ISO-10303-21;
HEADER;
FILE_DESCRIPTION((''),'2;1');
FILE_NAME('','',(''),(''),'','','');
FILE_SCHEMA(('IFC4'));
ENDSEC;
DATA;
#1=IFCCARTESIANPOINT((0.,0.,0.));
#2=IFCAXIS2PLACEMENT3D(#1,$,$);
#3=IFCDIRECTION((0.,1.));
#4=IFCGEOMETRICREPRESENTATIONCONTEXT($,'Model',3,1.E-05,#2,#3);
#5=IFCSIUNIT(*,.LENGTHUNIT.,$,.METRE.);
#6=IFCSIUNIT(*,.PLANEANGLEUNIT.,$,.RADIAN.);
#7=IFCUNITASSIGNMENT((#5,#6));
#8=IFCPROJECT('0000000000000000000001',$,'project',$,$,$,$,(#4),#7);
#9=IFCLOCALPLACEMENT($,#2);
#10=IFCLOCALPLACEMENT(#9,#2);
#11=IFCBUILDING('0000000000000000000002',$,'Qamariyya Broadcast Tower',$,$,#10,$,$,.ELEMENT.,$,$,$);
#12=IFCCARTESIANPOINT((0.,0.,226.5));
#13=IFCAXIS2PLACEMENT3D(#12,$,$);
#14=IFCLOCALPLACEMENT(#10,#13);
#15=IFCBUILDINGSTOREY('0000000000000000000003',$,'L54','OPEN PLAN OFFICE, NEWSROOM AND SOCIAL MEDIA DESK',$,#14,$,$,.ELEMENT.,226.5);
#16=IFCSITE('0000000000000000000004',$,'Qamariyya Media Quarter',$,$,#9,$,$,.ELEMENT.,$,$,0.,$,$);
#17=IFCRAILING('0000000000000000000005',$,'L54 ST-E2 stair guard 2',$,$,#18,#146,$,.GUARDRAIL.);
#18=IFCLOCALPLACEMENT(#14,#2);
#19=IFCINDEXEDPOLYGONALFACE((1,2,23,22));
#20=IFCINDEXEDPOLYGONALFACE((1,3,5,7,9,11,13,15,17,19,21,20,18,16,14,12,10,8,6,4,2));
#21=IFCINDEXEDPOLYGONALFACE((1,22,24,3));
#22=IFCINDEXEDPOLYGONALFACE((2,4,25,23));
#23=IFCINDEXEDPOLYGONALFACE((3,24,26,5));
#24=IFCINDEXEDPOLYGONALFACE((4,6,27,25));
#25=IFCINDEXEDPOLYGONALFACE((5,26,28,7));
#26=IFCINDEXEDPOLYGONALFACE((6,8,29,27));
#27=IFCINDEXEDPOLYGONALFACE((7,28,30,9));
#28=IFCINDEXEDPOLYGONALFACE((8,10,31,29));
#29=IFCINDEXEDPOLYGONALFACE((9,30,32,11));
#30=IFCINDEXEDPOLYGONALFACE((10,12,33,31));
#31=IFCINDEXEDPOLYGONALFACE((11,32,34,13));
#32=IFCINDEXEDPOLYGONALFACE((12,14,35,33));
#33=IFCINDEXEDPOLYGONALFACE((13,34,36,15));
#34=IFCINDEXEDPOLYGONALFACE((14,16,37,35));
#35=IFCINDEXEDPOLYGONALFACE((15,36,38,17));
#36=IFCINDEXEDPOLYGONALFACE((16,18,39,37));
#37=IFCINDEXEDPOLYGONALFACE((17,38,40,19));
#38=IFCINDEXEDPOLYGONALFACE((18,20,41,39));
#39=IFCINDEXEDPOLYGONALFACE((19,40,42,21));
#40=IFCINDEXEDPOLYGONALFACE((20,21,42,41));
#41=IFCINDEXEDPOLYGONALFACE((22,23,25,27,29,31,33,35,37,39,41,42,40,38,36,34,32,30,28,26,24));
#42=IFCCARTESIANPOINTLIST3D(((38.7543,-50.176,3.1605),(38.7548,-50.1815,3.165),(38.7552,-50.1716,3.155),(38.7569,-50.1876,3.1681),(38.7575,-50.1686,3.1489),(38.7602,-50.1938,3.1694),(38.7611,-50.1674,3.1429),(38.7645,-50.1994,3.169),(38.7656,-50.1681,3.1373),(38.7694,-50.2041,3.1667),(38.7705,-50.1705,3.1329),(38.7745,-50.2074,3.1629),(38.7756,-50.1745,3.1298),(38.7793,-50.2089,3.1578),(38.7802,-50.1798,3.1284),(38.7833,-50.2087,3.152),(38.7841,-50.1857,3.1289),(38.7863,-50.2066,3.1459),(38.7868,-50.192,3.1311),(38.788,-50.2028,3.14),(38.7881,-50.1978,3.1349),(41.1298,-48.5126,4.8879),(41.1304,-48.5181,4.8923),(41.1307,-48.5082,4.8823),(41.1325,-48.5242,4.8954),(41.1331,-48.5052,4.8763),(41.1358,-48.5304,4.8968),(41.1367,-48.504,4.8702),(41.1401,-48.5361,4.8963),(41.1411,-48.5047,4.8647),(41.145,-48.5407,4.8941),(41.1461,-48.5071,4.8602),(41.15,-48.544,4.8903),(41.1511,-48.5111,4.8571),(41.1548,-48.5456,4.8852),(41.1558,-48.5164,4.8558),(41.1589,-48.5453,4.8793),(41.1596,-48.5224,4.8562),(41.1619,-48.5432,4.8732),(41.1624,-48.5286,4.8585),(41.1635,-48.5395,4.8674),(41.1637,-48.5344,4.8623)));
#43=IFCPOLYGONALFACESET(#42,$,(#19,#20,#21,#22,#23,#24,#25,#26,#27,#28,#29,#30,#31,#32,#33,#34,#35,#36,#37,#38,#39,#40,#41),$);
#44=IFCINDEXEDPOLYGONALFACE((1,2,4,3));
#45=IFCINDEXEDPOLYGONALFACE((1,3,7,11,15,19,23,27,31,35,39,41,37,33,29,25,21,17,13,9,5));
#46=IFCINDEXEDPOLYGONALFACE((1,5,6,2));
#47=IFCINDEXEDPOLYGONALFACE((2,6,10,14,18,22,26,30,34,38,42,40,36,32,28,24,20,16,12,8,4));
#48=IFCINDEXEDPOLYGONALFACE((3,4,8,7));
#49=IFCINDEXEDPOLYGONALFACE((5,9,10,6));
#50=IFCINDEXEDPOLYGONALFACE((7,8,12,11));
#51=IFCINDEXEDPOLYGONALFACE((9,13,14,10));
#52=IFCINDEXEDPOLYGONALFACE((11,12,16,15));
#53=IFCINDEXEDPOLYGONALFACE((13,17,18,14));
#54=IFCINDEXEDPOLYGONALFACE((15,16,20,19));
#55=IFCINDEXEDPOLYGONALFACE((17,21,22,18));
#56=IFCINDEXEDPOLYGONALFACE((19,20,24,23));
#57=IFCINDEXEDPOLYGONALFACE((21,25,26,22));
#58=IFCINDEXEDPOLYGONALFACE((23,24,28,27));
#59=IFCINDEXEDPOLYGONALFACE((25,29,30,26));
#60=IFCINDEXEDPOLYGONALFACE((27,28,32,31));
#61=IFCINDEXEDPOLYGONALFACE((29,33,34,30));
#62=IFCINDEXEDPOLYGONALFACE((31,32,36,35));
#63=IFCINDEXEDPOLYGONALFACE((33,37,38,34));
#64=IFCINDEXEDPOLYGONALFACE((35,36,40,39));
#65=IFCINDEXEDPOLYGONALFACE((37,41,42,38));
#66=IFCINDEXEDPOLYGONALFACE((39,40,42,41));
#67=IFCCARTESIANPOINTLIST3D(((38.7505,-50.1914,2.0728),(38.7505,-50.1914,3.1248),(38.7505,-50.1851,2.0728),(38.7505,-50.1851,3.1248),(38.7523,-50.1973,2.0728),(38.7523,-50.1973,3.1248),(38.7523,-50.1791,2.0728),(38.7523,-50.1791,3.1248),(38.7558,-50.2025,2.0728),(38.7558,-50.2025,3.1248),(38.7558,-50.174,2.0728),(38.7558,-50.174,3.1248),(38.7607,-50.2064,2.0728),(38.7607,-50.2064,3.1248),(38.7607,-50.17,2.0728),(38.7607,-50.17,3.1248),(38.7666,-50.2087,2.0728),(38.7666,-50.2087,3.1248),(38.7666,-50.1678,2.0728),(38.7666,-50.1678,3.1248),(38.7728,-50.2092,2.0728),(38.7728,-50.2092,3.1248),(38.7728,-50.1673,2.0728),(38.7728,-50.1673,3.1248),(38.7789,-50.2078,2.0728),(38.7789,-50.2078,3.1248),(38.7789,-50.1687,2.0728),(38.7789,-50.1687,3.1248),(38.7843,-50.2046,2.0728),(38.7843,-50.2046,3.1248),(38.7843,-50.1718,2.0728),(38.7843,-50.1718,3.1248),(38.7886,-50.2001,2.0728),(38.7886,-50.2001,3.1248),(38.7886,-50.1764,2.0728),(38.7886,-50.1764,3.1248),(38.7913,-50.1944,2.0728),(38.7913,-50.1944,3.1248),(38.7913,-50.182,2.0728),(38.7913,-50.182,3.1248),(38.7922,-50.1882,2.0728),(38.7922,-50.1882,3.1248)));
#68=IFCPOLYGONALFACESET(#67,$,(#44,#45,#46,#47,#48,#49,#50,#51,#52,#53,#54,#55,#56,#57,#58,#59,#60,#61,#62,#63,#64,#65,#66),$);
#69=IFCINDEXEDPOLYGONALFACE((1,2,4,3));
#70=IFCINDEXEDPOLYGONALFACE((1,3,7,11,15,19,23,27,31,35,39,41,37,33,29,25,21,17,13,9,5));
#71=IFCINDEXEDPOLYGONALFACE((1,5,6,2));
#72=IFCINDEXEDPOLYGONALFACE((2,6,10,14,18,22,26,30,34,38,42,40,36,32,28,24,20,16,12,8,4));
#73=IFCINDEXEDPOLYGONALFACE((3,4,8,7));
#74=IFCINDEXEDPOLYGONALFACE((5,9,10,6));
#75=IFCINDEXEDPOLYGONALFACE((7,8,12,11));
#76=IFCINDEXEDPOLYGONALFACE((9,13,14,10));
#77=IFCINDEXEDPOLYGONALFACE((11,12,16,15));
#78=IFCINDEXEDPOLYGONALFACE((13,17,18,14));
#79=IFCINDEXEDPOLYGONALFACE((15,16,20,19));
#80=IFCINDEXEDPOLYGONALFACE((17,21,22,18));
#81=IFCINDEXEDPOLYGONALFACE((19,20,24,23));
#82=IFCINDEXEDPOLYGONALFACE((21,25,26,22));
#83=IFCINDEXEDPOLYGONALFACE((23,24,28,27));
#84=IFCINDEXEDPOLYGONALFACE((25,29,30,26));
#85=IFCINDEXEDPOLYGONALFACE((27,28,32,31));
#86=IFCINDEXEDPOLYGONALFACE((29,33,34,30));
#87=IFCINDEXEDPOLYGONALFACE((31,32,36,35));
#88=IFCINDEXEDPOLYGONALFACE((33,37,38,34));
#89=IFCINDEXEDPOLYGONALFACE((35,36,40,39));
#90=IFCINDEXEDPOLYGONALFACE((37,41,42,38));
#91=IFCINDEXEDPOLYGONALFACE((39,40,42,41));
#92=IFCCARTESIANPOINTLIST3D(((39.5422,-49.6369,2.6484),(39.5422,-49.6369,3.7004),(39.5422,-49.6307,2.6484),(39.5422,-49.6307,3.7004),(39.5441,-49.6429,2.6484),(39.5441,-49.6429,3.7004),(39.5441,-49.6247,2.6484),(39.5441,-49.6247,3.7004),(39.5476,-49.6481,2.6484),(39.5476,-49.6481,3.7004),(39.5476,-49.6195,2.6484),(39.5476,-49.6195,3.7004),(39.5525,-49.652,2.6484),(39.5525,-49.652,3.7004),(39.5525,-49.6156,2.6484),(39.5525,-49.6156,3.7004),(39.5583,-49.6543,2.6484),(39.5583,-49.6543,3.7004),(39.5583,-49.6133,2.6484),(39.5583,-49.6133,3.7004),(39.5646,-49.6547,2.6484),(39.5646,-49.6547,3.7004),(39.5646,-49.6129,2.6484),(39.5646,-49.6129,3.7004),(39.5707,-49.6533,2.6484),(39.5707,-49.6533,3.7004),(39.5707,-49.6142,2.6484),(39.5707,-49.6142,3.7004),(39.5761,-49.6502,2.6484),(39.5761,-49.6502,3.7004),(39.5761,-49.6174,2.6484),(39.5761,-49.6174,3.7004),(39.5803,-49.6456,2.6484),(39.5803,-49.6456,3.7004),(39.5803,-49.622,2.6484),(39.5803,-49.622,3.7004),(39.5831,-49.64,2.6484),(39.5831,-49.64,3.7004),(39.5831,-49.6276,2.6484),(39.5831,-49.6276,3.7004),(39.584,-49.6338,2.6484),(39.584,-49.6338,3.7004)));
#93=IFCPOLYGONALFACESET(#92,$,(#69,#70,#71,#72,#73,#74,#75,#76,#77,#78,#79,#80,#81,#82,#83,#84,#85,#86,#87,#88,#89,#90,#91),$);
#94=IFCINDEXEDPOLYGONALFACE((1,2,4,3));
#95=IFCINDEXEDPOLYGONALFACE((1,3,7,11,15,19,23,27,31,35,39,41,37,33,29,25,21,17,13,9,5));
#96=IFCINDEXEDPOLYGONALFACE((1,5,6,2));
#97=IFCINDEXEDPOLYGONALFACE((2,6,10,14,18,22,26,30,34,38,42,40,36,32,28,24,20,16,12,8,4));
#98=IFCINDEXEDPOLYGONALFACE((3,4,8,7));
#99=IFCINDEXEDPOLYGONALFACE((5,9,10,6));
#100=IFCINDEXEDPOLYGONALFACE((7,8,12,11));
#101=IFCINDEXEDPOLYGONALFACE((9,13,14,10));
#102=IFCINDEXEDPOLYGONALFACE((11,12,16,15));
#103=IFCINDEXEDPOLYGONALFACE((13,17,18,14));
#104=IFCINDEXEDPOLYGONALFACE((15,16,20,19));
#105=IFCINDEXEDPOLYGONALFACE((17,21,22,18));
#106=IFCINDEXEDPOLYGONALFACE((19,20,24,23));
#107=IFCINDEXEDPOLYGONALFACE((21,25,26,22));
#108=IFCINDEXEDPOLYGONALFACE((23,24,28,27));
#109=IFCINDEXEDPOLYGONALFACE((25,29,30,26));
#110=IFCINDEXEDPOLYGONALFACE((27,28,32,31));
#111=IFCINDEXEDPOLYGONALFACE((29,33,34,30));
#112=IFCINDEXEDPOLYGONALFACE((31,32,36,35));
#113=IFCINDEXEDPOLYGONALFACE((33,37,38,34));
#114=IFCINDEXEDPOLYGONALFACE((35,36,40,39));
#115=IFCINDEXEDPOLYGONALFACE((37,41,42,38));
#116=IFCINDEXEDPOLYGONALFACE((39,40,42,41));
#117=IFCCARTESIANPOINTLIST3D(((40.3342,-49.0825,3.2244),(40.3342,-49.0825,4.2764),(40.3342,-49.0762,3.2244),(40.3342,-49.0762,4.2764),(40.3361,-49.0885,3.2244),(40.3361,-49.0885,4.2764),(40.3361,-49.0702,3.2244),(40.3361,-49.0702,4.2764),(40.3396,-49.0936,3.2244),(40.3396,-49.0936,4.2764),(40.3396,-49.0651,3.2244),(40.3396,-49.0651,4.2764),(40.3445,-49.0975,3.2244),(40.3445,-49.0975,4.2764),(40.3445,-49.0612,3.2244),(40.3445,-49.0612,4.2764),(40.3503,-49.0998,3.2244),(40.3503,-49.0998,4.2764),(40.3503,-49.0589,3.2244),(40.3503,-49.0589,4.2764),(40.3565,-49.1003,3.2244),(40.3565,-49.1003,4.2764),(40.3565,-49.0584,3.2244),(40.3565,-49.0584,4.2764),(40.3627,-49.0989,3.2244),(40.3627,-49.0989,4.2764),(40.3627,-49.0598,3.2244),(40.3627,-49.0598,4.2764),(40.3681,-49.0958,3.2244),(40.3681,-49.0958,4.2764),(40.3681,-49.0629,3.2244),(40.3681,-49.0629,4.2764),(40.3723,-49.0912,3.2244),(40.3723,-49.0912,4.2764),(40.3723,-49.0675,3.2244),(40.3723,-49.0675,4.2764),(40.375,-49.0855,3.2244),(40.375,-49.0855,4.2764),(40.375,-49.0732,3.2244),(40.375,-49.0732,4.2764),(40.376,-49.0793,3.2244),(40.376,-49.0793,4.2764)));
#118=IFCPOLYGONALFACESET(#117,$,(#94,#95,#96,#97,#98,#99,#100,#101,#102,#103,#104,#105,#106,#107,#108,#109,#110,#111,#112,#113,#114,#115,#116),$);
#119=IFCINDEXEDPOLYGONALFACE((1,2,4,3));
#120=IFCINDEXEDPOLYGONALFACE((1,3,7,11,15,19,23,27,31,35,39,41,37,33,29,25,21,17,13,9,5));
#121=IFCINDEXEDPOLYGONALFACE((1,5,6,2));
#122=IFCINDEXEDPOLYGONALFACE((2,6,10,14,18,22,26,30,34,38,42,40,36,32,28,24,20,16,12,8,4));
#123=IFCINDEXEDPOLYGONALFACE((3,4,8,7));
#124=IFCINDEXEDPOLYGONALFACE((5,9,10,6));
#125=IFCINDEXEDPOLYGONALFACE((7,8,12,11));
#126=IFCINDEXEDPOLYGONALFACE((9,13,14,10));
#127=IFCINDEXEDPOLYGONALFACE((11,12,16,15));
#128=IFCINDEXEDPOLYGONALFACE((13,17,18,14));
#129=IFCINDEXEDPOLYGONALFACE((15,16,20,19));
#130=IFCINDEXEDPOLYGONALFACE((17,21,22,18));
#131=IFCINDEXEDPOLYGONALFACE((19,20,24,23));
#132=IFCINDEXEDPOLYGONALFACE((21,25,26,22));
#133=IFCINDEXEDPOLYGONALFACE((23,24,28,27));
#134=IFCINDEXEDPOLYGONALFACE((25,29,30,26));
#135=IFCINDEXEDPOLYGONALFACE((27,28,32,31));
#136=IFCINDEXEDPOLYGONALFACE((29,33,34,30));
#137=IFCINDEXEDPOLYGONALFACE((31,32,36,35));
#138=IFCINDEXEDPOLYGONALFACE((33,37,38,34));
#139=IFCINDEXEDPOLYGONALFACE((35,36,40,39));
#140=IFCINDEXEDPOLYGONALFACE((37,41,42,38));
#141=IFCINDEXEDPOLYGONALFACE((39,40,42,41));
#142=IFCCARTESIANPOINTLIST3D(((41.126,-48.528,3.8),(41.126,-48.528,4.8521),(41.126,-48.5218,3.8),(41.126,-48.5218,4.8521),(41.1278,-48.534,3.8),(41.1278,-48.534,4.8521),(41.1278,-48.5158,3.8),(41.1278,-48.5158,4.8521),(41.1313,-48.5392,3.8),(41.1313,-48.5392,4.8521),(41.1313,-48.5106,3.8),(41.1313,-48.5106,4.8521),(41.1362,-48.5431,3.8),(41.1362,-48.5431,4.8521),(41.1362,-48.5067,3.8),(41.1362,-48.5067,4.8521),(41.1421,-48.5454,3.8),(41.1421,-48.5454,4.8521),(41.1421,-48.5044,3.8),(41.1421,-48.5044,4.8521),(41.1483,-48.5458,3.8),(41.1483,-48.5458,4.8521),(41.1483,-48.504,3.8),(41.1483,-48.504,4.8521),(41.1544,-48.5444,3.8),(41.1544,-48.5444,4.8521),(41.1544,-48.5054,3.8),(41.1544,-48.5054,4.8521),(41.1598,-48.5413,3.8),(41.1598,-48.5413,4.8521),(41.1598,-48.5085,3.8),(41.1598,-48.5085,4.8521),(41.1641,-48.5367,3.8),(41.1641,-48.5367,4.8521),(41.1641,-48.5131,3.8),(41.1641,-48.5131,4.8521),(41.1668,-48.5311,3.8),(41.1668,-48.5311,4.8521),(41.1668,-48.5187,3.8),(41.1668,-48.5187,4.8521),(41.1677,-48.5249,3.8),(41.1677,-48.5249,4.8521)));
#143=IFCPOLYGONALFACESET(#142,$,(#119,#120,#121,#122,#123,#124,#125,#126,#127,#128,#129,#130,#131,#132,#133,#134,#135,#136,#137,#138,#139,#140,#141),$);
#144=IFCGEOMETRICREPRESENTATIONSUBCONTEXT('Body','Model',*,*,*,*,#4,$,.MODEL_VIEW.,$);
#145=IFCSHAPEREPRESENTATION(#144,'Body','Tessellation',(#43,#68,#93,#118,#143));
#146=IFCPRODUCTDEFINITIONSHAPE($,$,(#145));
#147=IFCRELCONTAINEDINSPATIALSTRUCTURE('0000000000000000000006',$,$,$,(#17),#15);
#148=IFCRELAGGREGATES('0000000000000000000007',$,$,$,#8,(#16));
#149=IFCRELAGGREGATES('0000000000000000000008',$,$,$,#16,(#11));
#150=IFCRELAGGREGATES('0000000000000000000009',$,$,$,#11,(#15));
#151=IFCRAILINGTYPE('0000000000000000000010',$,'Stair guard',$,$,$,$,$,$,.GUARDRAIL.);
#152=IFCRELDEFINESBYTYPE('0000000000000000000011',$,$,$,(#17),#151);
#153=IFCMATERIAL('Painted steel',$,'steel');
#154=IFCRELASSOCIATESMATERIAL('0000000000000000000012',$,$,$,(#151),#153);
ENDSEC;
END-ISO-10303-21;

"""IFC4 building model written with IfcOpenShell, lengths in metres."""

from ifc_helpers import new_model, si_unit, direction, frame, origin, origin_2d, place, context, subcontext, project, spatial, circle, extrude, material, type_object, element, save


model = new_model("IFC4")

# Units and contexts
model_context = context("Model", 3, precision=1e-05, world=origin(), true_north=direction((0.0, 1.0)))
body_context = subcontext(model_context, "Body", "Model", "MODEL_VIEW")
ifc_project = project(units=[si_unit("LENGTHUNIT", "METRE"), si_unit("PLANEANGLEUNIT", "RADIAN")], contexts=[model_context])

# Site, building, storey
site_placement = place(None, origin())
site = spatial("IfcSite", under=ifc_project, at=site_placement, Name="Qamariyya Media Quarter", CompositionType="ELEMENT", RefElevation=0.0)
building_placement = place(site_placement, origin())
building = spatial("IfcBuilding", under=site, at=building_placement, Name="Qamariyya Broadcast Tower", CompositionType="ELEMENT")
storey_placement = place(building_placement, frame((0.0, 0.0, 226.5)))
storey = spatial("IfcBuildingStorey", under=building, at=storey_placement, Name="L54", Description="OPEN PLAN OFFICE, NEWSROOM AND SOCIAL MEDIA DESK", CompositionType="ELEMENT", Elevation=226.5)

# Railing
ifc_material_1 = material(Name="Painted steel", Category="steel")
railing_type_1 = type_object("IfcRailingType", Name="Stair guard", PredefinedType="GUARDRAIL", material=ifc_material_1)
railing_1_placement = place(storey_placement, frame((38.7712, -50.1882, 2.0728)))
element("IfcRailing", 1, at=railing_1_placement, inside=storey, type_object=railing_type_1, Name="L54 ST-E2 stair guard 2", PredefinedType="GUARDRAIL", context=body_context, shape_type="SweptSolid", body=[
    extrude(circle(Radius=0.0239, at=origin_2d()), frame((0.0, 0.0, 1.0762), z_axis=(0.70377, 0.492784, 0.511734), x_axis=(-0.573575, 0.819153, 0.0)), (0.0, 0.0, 1.0), 3.3755),
    extrude(circle(Radius=0.021, at=origin_2d()), origin(), (0.0, 0.0, 1.0), 1.052),
    extrude(circle(Radius=0.021, at=origin_2d()), frame((0.7917, 0.5544, 0.5757)), (0.0, 0.0, 1.0), 1.052),
    extrude(circle(Radius=0.021, at=origin_2d()), frame((1.5837, 1.1089, 1.1516)), (0.0, 0.0, 1.0), 1.052),
    extrude(circle(Radius=0.021, at=origin_2d()), frame((2.3755, 1.6633, 1.7273)), (0.0, 0.0, 1.0), 1.052),
])

save(model, "model.ifc")
